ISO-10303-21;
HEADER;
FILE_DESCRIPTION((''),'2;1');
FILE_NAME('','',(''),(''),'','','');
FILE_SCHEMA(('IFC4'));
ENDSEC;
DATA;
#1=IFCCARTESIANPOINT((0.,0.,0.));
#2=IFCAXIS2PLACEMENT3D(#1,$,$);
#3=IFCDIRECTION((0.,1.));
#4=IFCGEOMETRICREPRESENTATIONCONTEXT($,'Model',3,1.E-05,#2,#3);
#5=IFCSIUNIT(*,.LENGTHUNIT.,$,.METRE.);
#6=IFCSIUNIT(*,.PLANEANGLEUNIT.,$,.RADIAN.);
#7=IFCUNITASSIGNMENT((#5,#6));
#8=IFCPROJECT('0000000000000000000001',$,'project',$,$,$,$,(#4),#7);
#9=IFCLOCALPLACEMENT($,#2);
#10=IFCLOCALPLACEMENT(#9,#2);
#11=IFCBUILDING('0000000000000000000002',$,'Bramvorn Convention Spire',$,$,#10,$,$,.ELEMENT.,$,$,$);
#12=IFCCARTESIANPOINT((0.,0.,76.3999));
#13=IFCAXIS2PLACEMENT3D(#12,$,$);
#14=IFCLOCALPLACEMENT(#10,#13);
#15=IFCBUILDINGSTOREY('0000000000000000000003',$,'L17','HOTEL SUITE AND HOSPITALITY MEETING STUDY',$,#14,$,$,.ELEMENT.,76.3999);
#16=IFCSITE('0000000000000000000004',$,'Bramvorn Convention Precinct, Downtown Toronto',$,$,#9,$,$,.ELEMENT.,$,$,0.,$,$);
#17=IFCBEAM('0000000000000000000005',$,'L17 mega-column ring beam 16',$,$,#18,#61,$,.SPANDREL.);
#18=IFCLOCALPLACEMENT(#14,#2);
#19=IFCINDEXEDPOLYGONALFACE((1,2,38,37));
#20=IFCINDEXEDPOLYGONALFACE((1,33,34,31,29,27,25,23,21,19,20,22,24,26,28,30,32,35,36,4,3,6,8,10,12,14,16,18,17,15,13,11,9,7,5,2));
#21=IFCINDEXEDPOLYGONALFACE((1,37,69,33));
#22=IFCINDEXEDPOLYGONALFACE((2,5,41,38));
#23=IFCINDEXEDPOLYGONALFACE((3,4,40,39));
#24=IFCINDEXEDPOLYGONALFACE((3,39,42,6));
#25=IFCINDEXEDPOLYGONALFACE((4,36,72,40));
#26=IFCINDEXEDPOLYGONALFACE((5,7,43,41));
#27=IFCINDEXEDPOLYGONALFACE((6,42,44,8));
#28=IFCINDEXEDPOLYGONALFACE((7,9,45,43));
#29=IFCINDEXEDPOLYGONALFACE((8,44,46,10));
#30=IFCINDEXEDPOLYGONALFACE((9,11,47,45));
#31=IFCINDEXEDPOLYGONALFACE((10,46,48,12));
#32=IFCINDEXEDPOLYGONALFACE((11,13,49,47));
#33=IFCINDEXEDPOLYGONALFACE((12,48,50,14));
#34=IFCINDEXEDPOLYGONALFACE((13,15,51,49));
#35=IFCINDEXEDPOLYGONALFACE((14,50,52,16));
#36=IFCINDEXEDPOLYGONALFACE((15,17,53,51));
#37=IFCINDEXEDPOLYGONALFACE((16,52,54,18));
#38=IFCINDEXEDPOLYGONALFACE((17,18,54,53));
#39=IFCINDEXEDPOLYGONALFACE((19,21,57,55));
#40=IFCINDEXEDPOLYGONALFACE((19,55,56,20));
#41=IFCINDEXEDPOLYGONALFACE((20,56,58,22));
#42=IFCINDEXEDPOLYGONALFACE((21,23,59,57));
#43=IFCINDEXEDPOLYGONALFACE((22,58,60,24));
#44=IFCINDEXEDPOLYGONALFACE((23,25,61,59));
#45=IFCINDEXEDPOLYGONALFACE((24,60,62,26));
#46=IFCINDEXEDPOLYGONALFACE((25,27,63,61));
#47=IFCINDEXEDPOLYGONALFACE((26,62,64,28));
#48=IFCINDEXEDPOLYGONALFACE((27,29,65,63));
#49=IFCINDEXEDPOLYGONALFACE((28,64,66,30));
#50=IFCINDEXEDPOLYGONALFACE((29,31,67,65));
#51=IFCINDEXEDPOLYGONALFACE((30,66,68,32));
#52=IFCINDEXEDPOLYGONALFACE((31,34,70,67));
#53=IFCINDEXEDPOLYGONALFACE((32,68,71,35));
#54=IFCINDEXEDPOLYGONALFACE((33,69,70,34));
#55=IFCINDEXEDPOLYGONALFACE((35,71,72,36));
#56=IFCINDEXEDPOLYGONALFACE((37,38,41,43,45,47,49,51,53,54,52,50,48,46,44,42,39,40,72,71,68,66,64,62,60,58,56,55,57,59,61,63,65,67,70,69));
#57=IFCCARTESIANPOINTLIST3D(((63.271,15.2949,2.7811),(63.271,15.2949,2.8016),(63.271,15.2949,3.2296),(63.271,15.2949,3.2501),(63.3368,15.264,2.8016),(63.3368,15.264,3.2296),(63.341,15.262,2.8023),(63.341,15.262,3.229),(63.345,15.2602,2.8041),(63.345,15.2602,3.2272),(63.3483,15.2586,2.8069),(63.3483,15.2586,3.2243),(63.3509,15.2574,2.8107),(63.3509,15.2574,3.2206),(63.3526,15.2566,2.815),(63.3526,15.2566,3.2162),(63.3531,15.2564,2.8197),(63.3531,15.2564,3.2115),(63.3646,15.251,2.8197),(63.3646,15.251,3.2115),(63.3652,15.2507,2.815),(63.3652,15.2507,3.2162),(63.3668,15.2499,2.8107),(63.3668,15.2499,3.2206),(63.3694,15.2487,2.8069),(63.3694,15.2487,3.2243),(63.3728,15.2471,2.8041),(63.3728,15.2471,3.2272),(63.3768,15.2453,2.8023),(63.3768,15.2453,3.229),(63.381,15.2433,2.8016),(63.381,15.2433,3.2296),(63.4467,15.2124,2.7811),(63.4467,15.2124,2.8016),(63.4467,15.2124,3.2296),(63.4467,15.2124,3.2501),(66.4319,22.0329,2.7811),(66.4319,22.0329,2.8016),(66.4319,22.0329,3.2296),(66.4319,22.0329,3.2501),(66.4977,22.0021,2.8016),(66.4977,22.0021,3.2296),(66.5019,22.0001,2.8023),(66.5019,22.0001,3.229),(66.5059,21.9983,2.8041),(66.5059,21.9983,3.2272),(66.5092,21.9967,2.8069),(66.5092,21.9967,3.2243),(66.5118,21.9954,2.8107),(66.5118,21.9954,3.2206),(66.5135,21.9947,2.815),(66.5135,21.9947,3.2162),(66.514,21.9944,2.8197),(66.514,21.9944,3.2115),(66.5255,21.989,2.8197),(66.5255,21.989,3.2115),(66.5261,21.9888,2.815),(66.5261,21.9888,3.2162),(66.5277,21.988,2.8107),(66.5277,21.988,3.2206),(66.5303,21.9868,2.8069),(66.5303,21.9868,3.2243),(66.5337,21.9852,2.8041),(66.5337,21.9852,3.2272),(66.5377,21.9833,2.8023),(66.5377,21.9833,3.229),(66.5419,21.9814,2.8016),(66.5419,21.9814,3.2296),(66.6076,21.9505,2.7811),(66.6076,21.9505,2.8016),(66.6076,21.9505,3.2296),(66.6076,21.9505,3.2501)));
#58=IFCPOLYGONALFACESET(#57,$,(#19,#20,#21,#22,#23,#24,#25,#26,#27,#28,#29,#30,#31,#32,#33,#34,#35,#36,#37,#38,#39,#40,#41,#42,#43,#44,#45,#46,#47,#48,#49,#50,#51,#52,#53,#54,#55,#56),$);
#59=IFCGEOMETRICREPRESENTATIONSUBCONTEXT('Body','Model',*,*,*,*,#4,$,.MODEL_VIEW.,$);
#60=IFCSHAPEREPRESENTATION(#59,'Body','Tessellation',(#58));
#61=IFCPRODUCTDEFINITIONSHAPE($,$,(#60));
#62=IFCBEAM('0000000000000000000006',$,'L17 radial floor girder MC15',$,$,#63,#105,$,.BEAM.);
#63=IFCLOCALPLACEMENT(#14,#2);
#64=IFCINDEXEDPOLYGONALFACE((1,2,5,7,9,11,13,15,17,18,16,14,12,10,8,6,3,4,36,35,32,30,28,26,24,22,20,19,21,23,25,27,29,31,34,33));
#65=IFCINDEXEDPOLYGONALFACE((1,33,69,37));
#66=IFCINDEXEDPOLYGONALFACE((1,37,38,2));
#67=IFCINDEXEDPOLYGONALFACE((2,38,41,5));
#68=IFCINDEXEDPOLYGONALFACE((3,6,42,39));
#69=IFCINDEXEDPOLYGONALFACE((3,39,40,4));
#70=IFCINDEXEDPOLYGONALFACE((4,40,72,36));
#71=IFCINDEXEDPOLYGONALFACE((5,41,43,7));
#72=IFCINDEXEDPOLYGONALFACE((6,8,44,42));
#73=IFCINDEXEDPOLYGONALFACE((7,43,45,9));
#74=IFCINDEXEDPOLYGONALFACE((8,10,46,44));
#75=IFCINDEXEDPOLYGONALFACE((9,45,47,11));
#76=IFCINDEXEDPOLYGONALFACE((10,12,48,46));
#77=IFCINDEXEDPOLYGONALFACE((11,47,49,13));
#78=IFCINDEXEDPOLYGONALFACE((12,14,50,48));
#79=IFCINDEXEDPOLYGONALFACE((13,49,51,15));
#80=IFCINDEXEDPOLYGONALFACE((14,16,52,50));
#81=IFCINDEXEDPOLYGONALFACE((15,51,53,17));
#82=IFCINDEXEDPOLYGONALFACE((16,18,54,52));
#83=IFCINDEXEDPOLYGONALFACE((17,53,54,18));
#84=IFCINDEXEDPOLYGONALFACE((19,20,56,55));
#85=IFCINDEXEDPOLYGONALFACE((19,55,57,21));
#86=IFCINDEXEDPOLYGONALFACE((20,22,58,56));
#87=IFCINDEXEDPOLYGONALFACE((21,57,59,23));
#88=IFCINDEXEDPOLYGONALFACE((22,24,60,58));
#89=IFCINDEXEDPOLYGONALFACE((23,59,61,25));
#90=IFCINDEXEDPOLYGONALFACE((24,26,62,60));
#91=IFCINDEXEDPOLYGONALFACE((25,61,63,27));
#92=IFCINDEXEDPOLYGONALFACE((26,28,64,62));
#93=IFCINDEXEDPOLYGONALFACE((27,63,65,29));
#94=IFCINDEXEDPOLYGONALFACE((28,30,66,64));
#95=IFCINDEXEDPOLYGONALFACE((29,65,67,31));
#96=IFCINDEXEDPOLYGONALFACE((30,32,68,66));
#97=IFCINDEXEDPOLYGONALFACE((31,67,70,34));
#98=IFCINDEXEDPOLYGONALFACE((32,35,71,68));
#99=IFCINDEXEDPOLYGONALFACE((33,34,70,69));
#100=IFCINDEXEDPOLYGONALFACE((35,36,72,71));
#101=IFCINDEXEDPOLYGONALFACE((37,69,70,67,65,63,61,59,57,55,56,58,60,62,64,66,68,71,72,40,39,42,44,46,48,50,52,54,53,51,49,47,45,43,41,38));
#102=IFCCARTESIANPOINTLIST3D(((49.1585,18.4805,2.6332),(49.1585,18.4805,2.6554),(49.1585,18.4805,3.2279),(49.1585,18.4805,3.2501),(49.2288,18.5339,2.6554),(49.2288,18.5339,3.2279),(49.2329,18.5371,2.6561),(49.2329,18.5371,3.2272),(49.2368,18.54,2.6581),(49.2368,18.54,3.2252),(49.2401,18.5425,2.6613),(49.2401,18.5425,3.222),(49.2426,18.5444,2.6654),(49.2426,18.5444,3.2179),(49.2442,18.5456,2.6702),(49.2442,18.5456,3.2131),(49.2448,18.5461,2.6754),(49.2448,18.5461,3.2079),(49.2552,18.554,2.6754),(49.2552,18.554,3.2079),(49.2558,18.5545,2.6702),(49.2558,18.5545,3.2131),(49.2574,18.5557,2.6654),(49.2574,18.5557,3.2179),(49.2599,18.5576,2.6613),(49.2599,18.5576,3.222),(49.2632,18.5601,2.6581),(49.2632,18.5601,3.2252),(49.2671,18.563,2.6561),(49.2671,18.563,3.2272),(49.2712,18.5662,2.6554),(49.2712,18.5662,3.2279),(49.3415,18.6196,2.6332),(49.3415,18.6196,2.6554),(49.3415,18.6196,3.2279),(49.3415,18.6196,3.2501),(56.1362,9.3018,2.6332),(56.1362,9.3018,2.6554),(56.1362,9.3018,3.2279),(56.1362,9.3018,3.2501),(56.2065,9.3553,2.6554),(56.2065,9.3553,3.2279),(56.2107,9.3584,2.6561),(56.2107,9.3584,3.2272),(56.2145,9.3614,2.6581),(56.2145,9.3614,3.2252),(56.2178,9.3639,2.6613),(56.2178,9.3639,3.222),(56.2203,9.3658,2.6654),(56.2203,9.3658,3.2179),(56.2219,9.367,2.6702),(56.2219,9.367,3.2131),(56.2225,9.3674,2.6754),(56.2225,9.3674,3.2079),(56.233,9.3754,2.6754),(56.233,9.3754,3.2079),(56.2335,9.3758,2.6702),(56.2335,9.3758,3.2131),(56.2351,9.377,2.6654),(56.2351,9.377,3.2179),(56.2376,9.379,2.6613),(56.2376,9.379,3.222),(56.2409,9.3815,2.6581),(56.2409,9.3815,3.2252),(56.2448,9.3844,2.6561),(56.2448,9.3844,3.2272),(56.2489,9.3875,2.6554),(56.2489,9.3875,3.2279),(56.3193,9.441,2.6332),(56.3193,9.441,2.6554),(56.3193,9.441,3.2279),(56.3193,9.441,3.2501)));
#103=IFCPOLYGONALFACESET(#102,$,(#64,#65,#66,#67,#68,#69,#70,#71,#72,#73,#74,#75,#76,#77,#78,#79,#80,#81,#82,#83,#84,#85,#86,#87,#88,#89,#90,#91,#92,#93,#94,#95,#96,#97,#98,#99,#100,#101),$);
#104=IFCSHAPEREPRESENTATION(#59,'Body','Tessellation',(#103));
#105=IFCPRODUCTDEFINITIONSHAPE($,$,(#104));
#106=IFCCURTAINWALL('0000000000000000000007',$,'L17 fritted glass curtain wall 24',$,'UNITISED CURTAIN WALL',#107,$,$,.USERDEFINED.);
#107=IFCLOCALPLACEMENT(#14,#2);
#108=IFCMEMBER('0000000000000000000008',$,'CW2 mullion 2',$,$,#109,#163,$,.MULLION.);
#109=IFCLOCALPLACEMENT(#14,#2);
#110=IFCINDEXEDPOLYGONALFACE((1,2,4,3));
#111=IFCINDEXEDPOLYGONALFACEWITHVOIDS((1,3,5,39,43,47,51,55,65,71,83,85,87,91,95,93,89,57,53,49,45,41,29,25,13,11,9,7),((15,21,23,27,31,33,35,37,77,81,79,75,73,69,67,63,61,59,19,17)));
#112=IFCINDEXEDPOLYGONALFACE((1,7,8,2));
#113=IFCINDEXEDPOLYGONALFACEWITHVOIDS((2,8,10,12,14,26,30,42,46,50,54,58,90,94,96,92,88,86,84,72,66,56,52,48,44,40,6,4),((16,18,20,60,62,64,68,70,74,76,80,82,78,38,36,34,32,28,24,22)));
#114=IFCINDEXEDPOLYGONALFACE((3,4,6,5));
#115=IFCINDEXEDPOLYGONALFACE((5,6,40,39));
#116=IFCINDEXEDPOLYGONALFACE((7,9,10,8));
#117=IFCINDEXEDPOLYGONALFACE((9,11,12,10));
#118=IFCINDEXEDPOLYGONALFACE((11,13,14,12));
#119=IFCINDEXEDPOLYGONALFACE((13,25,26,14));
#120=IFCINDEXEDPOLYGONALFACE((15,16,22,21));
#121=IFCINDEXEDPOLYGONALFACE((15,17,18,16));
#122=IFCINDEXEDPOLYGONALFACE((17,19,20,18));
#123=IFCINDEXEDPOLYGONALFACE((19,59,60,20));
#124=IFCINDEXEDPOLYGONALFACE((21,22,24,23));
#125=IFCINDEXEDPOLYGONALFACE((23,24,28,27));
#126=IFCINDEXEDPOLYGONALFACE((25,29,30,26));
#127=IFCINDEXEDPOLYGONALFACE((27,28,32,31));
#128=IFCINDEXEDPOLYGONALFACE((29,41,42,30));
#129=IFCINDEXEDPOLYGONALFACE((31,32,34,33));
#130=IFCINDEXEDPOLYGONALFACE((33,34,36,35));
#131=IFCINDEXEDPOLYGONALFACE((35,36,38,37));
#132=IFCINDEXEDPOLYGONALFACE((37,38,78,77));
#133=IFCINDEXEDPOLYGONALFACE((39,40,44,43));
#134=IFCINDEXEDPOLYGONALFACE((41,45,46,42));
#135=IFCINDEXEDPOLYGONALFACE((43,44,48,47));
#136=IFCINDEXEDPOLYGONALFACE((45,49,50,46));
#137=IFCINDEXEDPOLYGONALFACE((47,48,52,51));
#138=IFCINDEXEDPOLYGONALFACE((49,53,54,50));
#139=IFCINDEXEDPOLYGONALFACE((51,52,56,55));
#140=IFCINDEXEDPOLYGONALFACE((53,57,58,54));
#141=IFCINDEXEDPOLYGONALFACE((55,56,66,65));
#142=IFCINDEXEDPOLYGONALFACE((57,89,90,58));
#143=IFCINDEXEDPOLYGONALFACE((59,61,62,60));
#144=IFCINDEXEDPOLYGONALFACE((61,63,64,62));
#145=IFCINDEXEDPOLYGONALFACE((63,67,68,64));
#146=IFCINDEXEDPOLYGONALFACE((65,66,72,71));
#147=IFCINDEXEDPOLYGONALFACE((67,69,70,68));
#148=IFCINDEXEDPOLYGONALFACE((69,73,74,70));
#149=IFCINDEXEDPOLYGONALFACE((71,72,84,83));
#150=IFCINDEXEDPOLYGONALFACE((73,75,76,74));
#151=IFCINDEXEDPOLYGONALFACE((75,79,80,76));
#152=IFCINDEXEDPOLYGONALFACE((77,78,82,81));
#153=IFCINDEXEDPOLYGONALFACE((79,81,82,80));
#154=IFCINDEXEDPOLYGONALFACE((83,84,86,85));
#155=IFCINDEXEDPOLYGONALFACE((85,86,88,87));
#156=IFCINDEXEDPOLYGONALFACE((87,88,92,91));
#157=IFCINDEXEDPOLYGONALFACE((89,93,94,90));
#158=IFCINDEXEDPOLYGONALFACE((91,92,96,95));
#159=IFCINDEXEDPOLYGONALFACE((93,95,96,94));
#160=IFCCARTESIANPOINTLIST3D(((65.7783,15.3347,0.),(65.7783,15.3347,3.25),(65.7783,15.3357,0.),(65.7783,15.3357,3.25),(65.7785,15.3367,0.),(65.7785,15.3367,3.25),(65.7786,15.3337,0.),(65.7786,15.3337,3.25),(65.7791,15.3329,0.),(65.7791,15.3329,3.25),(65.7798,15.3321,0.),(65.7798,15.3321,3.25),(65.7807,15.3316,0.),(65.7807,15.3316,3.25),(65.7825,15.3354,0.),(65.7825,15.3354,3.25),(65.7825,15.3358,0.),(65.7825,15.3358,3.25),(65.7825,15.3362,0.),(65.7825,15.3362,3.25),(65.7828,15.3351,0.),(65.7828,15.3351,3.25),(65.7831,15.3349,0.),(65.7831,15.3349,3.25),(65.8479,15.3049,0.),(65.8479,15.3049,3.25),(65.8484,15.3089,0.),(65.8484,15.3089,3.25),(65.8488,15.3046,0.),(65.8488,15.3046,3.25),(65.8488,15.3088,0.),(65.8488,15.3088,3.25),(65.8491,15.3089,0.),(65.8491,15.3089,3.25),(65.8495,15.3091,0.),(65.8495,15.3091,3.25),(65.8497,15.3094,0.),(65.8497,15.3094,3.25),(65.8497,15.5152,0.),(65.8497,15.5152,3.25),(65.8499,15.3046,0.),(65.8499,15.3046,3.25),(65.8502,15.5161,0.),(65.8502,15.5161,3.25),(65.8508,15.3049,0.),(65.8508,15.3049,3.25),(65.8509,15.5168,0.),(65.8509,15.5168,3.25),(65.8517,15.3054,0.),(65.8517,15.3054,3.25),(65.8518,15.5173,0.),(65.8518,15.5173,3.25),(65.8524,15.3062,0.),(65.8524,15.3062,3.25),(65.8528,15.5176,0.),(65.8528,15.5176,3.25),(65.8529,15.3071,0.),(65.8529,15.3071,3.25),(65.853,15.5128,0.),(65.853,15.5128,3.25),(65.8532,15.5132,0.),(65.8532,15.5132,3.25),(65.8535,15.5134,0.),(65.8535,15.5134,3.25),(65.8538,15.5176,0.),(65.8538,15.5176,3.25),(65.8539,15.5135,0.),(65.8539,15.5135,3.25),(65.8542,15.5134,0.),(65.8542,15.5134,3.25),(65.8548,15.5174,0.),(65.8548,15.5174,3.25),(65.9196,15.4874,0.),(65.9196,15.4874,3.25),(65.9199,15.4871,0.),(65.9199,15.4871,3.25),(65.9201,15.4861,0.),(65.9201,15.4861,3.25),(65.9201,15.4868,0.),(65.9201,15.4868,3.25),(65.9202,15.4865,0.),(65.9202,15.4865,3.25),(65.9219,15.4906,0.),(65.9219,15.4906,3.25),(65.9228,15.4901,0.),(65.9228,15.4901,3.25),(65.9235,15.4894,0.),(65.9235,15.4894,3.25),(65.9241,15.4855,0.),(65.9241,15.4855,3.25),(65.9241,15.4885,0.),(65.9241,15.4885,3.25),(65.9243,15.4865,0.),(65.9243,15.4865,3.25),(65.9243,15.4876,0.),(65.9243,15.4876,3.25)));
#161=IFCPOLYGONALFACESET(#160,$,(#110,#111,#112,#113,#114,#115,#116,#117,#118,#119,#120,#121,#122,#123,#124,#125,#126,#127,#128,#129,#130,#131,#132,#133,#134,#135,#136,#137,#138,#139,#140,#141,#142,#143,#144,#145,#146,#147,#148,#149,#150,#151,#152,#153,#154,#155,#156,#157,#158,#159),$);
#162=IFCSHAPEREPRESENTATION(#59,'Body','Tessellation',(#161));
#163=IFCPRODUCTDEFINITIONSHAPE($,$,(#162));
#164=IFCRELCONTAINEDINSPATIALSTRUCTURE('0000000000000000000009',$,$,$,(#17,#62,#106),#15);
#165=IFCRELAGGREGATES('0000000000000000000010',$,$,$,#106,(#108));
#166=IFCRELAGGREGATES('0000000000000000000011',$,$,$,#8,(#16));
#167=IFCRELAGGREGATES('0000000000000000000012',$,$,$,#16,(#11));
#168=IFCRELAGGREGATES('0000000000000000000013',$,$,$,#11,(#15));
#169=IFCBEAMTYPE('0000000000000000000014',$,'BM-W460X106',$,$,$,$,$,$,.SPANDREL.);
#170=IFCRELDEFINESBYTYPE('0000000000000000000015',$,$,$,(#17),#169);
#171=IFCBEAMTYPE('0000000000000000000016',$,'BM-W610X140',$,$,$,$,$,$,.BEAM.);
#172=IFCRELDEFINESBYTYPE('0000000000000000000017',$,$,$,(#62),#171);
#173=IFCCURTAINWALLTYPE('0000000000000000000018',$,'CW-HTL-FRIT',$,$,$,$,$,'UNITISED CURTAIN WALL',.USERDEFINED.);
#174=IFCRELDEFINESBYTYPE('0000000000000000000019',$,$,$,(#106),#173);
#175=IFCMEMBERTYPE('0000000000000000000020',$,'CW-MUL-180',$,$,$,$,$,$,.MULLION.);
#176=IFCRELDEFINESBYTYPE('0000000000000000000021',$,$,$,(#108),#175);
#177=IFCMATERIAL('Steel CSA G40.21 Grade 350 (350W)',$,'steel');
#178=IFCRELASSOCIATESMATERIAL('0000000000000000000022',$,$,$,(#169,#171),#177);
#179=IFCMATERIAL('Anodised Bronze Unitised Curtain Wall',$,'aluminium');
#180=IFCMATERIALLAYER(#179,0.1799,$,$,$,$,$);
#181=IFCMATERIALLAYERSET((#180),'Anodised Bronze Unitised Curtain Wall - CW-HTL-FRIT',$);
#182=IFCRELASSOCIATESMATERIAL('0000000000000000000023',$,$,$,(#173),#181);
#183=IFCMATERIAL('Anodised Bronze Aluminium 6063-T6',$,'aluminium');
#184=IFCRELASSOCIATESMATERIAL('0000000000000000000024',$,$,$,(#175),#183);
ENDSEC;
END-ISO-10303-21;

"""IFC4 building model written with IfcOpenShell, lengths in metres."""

from ifc_helpers import new_model, si_unit, direction, frame, origin, origin_2d, place, context, subcontext, project, spatial, hollow_rectangle, i_section, extrude, material, layer, layer_set, material_profile, profile_set, type_object, element, aggregate, save


model = new_model("IFC4")

# Units and contexts
model_context = context("Model", 3, precision=1e-05, world=origin(), true_north=direction((0.0, 1.0)))
body_context = subcontext(model_context, "Body", "Model", "MODEL_VIEW")
ifc_project = project(units=[si_unit("LENGTHUNIT", "METRE"), si_unit("PLANEANGLEUNIT", "RADIAN")], contexts=[model_context])

# Site, building, storey
site_placement = place(None, origin())
site = spatial("IfcSite", under=ifc_project, at=site_placement, Name="Bramvorn Convention Precinct, Downtown Toronto", CompositionType="ELEMENT", RefElevation=0.0)
building_placement = place(site_placement, origin())
building = spatial("IfcBuilding", under=site, at=building_placement, Name="Bramvorn Convention Spire", CompositionType="ELEMENT")
storey_placement = place(building_placement, frame((0.0, 0.0, 76.3999)))
storey = spatial("IfcBuildingStorey", under=building, at=storey_placement, Name="L17", Description="HOTEL SUITE AND HOSPITALITY MEETING STUDY", CompositionType="ELEMENT", Elevation=76.3999)

# Shared definitions
ifc_material_1 = material(Name="Steel CSA G40.21 Grade 350 (350W)", Category="steel")

# Beams
ifc_material_profile_1 = material_profile(ifc_material_1, i_section(OverallWidth=0.1941, OverallDepth=0.469, WebThickness=0.0127, FlangeThickness=0.0205, FilletRadius=0.0181, at=origin_2d()))
ifc_profile_set_1 = profile_set([ifc_material_profile_1], Name="Steel CSA G40.21 Grade 350 (350W) - W460X106")
beam_type_1 = type_object("IfcBeamType", Name="BM-W460X106", PredefinedType="SPANDREL", material=ifc_profile_set_1)
beam_1_placement = place(storey_placement, frame((63.3589, 15.2537, 3.0156), z_axis=(0.424702, 0.905333, 0.0), x_axis=(-0.905333, 0.424702, 0.0)))
element("IfcBeam", 1, at=beam_1_placement, inside=storey, type_object=beam_type_1, Name="L17 mega-column ring beam 16", PredefinedType="SPANDREL", context=body_context, shape_type="SweptSolid", body=[
    extrude(i_section(OverallWidth=0.1941, OverallDepth=0.469, WebThickness=0.0127, FlangeThickness=0.0205, FilletRadius=0.0181, at=origin_2d()), origin(), (0.0, 0.0, 1.0), 7.4426),
])
ifc_material_profile_2 = material_profile(ifc_material_1, i_section(OverallWidth=0.23, OverallDepth=0.6169, WebThickness=0.0132, FlangeThickness=0.0222, FilletRadius=0.02, at=origin_2d()))
ifc_profile_set_2 = profile_set([ifc_material_profile_2], Name="Steel CSA G40.21 Grade 350 (350W) - W610X140")
beam_type_2 = type_object("IfcBeamType", Name="BM-W610X140", PredefinedType="BEAM", material=ifc_profile_set_2)
beam_2_placement = place(storey_placement, frame((49.25, 18.55, 2.9417), z_axis=(0.605191, -0.79608, 0.0), x_axis=(0.79608, 0.605191, 0.0)))
element("IfcBeam", 2, at=beam_2_placement, inside=storey, type_object=beam_type_2, Name="L17 radial floor girder MC15", PredefinedType="BEAM", context=body_context, shape_type="SweptSolid", body=[
    extrude(i_section(OverallWidth=0.23, OverallDepth=0.6169, WebThickness=0.0132, FlangeThickness=0.0222, FilletRadius=0.02, at=origin_2d()), origin(), (0.0, 0.0, 1.0), 11.5298),
])

# Curtain wall, member
ifc_material_2 = material(Name="Anodised Bronze Unitised Curtain Wall", Category="aluminium")
ifc_layer_1 = layer(ifc_material_2, 0.1799)
ifc_layer_set_1 = layer_set([ifc_layer_1], Name="Anodised Bronze Unitised Curtain Wall - CW-HTL-FRIT")
curtain_wall_type = type_object("IfcCurtainWallType", Name="CW-HTL-FRIT", ElementType="UNITISED CURTAIN WALL", PredefinedType="USERDEFINED", material=ifc_layer_set_1)
curtain_wall_placement = place(storey_placement, origin())
curtain_wall = element("IfcCurtainWall", 3, at=curtain_wall_placement, inside=storey, type_object=curtain_wall_type, Name="L17 fritted glass curtain wall 24", ObjectType="UNITISED CURTAIN WALL", PredefinedType="USERDEFINED")
ifc_material_3 = material(Name="Anodised Bronze Aluminium 6063-T6", Category="aluminium")
ifc_material_profile_3 = material_profile(ifc_material_3, hollow_rectangle(XDim=0.0801, YDim=0.2, WallThickness=0.0039, InnerFilletRadius=0.001, OuterFilletRadius=0.0039, at=origin_2d()))
ifc_profile_set_3 = profile_set([ifc_material_profile_3], Name="Anodised Bronze Aluminium 6063-T6 - CWM80X200")
member_type_1 = type_object("IfcMemberType", Name="CW-MUL-180", PredefinedType="MULLION", material=ifc_profile_set_3)
member_1_placement = place(storey_placement, frame((65.8513, 15.4111, 0.0), z_axis=(0.0, 0.0, 1.0), x_axis=(0.92889, -0.370355, 0.0)))
member_1 = element("IfcMember", 4, at=member_1_placement, type_object=member_type_1, Name="CW2 mullion 2", PredefinedType="MULLION", context=body_context, shape_type="SweptSolid", body=[
    extrude(hollow_rectangle(XDim=0.0801, YDim=0.2, WallThickness=0.0039, InnerFilletRadius=0.001, OuterFilletRadius=0.0039, at=origin_2d()), origin(), (0.0, 0.0, 1.0), 3.25),
])

aggregate(curtain_wall, [member_1])

save(model, "model.ifc")
